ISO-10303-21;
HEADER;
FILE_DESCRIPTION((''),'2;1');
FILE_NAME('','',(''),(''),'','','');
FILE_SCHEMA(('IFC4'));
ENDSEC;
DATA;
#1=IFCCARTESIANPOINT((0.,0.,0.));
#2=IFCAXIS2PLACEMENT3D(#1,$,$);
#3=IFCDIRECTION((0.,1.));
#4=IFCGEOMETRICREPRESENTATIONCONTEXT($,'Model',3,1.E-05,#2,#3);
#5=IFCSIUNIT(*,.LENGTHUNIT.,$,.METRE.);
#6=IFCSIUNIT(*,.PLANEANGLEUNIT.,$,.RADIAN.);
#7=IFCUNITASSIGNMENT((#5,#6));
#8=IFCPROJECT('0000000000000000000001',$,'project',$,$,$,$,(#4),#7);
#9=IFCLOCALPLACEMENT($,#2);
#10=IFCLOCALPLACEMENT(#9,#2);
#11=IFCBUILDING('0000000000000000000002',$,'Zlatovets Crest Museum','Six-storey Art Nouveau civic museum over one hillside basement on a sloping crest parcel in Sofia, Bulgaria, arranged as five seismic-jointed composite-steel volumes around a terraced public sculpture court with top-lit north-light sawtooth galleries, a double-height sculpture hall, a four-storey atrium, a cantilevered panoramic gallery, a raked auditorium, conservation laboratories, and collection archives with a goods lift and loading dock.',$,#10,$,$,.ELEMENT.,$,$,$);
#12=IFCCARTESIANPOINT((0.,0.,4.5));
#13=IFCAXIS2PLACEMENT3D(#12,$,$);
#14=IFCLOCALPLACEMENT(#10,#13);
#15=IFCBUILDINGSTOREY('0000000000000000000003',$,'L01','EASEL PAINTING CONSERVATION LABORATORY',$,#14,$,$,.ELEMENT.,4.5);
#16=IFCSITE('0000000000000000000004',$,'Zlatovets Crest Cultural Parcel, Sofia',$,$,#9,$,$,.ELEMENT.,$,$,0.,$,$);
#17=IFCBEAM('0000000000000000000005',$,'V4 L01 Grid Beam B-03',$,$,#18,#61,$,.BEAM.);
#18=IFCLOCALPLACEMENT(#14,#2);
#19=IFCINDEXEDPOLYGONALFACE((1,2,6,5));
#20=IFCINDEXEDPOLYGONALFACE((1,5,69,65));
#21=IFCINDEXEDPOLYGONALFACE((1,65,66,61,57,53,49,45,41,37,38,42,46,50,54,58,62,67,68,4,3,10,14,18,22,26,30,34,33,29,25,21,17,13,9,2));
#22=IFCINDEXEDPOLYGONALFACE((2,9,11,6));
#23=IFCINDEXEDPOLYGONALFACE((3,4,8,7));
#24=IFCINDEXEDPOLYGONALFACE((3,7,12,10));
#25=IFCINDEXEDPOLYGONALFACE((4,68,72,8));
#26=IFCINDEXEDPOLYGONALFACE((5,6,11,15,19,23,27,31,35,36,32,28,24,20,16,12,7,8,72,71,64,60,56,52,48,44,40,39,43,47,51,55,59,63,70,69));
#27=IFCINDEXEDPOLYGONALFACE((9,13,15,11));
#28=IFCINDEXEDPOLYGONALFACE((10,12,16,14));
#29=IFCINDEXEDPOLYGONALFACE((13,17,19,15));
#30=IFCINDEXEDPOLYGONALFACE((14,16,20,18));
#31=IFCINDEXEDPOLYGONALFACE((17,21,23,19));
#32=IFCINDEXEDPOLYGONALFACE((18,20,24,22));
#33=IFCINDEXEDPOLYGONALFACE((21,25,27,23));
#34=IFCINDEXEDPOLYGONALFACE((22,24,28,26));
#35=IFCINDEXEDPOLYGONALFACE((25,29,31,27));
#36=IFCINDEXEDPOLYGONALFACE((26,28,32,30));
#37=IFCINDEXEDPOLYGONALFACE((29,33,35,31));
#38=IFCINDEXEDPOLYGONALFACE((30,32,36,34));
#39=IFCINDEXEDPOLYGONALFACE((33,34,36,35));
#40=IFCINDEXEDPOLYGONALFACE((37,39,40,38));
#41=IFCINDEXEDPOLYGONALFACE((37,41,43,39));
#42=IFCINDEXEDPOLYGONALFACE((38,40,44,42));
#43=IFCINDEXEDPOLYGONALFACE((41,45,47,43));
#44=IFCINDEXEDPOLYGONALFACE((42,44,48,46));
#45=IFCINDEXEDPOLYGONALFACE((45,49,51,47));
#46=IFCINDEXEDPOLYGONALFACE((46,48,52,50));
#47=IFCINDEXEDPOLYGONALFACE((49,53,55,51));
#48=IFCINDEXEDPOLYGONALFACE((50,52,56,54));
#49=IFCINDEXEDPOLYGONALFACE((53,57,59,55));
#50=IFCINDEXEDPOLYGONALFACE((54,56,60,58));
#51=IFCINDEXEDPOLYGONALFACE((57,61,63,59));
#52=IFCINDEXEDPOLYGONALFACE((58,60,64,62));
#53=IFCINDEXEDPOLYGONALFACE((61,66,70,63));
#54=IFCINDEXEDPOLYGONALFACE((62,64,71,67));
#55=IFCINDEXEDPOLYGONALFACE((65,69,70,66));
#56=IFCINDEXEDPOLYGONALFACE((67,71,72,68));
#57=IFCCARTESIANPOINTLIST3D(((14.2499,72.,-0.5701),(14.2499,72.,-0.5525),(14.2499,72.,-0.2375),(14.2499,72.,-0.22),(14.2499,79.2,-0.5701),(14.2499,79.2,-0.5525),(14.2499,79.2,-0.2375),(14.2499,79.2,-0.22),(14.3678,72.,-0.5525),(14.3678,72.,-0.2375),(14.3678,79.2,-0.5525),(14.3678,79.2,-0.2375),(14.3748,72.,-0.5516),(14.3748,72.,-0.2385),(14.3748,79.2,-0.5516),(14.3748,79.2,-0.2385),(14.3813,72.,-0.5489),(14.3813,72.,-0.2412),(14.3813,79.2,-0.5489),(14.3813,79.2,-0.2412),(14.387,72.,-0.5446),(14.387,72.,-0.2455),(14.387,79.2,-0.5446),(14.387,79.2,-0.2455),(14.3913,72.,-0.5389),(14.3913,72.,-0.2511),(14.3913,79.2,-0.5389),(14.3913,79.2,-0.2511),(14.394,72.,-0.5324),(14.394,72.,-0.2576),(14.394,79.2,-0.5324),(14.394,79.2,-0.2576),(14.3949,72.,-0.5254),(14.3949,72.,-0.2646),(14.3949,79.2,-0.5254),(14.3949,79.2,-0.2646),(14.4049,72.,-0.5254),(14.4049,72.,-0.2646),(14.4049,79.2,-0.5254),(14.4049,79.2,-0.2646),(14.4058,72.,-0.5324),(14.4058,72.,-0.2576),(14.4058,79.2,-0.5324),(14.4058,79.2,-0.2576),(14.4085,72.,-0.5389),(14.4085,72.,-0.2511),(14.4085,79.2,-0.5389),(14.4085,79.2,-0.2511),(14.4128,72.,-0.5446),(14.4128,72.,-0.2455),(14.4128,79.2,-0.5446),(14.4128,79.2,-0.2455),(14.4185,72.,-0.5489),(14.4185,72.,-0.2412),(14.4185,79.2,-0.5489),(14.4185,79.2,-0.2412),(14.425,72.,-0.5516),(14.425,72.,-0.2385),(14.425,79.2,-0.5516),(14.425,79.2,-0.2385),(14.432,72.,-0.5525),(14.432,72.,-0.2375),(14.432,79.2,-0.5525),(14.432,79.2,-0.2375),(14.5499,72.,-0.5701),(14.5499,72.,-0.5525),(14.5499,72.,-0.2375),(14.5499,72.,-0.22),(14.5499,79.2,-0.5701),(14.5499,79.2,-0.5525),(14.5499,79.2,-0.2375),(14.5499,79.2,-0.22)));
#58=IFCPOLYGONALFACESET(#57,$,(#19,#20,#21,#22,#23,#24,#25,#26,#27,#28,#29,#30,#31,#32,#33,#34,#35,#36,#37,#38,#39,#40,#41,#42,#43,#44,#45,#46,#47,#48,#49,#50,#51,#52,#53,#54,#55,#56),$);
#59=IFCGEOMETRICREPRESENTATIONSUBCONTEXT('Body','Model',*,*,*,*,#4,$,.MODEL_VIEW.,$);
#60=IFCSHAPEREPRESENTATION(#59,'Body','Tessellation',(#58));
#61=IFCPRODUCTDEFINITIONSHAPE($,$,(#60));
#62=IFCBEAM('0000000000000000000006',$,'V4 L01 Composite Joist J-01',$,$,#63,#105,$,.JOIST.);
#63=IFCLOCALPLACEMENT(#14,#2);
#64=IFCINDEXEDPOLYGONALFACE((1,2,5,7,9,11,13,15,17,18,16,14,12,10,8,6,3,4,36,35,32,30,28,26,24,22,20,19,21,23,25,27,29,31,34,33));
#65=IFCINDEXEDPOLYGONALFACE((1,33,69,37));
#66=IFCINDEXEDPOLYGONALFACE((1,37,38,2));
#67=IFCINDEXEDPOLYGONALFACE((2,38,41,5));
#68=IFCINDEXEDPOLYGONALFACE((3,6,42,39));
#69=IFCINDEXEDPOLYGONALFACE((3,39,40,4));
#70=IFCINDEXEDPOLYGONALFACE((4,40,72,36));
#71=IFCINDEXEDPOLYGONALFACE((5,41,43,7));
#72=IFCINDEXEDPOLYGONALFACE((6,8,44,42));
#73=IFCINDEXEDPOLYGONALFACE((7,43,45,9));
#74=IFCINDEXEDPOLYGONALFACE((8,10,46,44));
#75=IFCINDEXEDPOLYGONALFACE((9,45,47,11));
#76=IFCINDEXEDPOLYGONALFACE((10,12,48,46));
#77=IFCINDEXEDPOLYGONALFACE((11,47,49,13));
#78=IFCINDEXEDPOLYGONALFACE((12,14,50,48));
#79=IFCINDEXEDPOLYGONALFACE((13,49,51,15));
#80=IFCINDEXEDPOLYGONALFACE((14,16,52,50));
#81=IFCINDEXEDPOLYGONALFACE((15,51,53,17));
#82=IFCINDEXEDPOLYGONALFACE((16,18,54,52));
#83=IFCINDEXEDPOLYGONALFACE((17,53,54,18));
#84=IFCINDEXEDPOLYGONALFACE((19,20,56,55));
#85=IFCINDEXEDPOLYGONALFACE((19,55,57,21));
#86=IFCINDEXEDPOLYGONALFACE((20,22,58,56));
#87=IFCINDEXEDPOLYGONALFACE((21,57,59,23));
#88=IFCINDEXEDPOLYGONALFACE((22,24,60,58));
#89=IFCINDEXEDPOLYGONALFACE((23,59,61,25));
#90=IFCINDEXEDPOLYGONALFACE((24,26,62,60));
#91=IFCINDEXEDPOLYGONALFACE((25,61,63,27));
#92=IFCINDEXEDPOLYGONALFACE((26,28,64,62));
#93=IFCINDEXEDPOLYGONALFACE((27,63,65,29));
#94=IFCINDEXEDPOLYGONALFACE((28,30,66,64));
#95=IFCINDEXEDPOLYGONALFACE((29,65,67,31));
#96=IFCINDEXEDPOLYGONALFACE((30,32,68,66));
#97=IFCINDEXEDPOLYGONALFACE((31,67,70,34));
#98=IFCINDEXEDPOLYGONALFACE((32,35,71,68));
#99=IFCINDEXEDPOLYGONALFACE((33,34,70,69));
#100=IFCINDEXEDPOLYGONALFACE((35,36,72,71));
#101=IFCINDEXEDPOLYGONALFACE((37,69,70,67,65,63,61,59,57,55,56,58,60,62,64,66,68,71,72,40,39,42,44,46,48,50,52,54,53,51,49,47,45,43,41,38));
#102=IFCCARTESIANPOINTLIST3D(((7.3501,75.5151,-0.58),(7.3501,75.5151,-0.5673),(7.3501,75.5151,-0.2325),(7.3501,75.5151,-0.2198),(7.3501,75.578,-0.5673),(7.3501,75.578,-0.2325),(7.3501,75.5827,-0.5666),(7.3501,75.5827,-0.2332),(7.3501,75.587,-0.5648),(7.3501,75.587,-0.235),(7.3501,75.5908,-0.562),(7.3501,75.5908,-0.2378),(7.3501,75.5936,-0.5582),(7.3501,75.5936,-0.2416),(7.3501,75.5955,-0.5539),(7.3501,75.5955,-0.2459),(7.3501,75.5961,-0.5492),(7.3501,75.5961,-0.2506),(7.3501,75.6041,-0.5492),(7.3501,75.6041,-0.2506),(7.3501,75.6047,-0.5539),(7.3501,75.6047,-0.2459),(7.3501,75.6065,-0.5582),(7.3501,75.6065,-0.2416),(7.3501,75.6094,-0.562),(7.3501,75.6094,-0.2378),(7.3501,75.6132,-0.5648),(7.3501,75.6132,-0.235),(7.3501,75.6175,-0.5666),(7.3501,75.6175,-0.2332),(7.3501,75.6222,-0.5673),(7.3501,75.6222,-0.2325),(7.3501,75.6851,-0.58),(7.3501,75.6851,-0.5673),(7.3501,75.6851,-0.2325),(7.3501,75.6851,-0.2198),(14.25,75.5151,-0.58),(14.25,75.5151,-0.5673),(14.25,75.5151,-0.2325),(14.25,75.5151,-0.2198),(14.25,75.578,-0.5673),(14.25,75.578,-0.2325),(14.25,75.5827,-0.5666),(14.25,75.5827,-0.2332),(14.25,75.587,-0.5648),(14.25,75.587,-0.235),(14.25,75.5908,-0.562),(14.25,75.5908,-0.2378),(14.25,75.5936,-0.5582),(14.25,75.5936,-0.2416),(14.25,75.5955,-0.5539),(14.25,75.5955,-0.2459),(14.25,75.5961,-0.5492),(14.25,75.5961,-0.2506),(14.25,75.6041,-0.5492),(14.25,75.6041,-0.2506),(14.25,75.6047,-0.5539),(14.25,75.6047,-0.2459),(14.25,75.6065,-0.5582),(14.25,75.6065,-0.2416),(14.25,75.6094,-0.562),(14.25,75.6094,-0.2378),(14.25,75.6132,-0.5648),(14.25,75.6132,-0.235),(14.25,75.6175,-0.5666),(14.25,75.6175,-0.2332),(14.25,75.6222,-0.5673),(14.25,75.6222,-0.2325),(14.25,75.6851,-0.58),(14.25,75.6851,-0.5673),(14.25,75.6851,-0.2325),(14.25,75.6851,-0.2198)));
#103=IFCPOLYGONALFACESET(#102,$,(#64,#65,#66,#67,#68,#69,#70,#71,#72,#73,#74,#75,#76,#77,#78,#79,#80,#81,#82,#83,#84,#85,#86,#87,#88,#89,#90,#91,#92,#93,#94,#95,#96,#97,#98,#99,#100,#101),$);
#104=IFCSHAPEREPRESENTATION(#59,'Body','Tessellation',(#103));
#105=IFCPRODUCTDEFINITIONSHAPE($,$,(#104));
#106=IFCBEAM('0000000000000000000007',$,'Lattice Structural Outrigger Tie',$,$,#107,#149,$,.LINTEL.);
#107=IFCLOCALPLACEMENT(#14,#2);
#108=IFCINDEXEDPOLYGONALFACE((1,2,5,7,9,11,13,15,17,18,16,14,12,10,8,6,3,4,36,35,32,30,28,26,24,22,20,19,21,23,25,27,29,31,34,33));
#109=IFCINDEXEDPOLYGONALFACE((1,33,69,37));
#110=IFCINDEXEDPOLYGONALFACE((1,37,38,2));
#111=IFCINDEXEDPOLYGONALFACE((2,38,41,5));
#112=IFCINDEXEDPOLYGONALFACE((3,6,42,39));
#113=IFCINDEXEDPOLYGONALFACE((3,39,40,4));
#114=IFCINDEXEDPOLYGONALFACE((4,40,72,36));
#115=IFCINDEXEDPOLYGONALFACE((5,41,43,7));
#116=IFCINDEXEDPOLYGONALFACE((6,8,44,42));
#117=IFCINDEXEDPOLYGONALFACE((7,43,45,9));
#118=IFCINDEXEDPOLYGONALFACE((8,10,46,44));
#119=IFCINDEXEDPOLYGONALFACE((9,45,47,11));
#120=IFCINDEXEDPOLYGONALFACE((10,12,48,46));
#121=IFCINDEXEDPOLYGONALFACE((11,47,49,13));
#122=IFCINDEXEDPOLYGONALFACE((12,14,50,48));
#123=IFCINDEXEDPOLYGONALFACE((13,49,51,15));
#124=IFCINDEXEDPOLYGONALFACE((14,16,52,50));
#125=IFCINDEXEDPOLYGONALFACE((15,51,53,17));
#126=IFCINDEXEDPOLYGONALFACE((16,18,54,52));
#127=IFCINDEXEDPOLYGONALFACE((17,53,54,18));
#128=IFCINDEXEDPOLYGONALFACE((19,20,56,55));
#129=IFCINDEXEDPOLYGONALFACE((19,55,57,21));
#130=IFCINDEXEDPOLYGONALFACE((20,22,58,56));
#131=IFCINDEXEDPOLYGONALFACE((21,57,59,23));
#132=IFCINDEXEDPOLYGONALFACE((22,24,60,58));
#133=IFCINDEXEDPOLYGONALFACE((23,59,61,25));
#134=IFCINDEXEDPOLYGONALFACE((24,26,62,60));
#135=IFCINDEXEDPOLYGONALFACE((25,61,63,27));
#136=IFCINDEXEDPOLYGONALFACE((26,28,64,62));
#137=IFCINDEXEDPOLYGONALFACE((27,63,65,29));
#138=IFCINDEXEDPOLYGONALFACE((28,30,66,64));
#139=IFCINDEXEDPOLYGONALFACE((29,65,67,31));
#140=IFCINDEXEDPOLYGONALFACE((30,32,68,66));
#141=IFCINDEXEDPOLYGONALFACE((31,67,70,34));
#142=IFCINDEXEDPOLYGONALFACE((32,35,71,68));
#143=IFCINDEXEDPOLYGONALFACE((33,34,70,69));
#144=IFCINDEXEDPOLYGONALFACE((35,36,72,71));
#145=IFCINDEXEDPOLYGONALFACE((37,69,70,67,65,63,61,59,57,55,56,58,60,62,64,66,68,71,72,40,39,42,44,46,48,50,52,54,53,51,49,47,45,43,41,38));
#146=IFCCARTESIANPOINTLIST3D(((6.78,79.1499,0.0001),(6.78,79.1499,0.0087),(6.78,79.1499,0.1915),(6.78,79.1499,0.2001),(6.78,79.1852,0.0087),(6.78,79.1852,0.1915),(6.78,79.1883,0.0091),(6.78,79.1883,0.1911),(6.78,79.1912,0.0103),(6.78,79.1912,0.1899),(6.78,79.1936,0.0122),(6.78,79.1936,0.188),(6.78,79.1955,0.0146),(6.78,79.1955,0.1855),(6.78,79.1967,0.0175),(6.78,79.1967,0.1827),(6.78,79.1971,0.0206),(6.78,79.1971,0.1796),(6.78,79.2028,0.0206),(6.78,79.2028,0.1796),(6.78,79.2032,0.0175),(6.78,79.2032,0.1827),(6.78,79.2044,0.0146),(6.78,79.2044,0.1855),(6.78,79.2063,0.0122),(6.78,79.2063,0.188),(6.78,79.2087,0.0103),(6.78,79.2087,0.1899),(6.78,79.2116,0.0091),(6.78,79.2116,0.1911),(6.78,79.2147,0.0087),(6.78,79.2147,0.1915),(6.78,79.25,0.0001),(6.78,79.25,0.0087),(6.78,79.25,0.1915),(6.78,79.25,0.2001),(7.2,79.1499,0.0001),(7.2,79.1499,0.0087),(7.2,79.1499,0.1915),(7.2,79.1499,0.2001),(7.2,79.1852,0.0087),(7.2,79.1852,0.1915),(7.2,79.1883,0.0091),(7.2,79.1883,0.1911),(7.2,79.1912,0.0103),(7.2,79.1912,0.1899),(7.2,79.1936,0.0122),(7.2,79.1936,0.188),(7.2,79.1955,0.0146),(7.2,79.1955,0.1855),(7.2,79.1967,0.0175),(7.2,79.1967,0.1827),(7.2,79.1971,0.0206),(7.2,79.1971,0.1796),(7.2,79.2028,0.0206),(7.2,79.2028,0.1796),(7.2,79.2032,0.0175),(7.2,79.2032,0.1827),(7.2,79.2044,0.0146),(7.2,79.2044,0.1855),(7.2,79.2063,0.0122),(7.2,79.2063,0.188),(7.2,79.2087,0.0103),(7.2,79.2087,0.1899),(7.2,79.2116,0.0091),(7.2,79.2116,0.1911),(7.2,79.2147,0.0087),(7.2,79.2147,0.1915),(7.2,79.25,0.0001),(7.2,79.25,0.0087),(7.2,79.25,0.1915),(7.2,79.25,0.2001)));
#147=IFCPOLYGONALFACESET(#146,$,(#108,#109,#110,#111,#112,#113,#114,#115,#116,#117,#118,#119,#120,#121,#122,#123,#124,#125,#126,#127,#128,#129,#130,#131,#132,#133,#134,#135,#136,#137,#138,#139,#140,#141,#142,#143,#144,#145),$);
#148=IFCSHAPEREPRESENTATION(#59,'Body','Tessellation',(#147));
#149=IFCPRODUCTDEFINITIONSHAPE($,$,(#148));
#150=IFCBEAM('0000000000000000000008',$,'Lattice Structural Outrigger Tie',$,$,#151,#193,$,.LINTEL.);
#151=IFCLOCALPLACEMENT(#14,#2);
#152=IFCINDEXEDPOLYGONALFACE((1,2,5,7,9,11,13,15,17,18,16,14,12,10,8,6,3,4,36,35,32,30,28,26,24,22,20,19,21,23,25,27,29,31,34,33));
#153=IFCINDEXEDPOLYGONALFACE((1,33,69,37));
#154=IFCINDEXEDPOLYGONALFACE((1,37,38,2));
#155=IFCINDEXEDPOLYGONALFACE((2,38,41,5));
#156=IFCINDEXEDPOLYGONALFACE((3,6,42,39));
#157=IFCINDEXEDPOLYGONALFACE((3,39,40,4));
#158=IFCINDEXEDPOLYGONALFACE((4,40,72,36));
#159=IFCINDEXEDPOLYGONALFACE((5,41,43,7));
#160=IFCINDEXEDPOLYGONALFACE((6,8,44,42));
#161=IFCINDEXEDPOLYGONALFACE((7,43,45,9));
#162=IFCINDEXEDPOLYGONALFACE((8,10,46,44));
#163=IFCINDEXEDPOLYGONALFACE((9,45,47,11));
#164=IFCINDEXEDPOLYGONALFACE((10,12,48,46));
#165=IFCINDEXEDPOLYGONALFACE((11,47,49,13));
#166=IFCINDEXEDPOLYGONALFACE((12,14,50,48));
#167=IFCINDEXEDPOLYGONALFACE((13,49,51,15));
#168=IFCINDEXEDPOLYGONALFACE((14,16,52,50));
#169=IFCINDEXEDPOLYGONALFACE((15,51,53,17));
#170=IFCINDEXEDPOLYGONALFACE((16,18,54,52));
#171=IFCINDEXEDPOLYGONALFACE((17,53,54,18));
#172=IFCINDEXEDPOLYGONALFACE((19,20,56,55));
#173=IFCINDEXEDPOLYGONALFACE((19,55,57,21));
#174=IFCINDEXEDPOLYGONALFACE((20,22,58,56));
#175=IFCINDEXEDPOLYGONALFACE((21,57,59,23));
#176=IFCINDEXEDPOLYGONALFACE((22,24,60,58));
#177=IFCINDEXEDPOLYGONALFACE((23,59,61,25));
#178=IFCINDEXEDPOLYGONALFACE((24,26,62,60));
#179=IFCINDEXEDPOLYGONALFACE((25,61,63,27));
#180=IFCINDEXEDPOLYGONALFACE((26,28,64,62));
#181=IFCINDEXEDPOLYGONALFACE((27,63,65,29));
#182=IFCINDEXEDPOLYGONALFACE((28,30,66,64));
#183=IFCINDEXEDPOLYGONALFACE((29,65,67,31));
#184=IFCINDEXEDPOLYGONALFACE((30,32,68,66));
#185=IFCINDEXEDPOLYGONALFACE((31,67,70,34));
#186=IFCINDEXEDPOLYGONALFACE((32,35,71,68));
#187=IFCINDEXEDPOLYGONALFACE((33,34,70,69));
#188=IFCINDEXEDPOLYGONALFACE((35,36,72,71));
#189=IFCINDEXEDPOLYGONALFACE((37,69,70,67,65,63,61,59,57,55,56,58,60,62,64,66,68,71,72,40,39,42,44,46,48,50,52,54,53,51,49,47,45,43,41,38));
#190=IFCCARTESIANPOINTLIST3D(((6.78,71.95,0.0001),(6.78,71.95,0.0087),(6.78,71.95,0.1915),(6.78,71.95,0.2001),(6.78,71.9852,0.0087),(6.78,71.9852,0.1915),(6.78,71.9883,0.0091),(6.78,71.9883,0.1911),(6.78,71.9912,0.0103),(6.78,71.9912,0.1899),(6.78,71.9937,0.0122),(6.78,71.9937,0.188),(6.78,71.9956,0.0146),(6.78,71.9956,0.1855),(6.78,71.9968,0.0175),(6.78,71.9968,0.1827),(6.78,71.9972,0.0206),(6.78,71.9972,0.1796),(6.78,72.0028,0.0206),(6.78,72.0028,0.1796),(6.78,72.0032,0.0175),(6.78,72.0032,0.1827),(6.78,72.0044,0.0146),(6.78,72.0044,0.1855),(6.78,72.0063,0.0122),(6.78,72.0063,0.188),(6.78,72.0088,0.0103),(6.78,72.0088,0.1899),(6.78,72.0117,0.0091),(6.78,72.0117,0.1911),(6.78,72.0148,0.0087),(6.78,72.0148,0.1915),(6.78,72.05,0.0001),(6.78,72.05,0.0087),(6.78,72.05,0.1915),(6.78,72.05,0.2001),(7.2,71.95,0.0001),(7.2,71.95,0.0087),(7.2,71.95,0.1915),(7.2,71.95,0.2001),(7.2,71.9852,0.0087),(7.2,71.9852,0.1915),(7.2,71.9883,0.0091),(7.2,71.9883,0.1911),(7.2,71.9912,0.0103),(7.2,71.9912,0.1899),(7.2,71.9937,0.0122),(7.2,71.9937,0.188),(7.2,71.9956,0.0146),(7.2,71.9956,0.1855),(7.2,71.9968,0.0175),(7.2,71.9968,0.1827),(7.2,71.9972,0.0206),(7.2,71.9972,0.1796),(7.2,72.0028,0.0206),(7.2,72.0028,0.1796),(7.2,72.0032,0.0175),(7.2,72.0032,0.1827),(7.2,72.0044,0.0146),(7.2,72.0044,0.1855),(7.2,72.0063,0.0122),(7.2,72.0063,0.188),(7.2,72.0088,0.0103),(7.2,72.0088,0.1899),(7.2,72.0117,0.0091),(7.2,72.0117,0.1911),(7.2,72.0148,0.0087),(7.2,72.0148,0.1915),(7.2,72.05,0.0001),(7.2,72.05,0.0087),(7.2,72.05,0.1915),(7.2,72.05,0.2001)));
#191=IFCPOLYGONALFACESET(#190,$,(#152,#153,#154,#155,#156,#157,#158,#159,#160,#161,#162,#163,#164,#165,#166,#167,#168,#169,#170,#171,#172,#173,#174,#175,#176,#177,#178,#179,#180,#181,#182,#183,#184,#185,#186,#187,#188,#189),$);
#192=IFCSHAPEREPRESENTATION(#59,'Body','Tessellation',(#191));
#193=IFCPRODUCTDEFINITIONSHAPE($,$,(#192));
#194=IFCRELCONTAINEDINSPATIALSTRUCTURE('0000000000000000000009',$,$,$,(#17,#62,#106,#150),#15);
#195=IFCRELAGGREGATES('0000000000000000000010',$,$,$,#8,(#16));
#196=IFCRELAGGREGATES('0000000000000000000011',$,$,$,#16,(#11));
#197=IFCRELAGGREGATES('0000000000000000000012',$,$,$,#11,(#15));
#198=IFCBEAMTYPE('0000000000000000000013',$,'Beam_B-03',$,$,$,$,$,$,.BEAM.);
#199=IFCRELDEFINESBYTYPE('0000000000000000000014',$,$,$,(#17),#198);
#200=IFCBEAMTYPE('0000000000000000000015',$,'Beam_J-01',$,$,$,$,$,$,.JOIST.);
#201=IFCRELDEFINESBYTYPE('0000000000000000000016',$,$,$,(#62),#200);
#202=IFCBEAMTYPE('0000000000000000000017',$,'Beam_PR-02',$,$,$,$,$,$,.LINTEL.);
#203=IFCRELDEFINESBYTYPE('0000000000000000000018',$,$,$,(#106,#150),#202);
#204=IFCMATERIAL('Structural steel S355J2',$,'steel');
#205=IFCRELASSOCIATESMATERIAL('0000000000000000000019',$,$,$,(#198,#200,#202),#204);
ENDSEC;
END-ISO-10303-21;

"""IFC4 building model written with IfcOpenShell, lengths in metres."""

from ifc_helpers import new_model, si_unit, direction, frame, origin, origin_2d, place, context, subcontext, project, spatial, i_section, extrude, material, material_profile, profile_set, type_object, element, save


model = new_model("IFC4")

# Units and contexts
model_context = context("Model", 3, precision=1e-05, world=origin(), true_north=direction((0.0, 1.0)))
body_context = subcontext(model_context, "Body", "Model", "MODEL_VIEW")
ifc_project = project(units=[si_unit("LENGTHUNIT", "METRE"), si_unit("PLANEANGLEUNIT", "RADIAN")], contexts=[model_context])

# Site, building, storey
site_placement = place(None, origin())
site = spatial("IfcSite", under=ifc_project, at=site_placement, Name="Zlatovets Crest Cultural Parcel, Sofia", CompositionType="ELEMENT", RefElevation=0.0)
building_placement = place(site_placement, origin())
building = spatial("IfcBuilding", under=site, at=building_placement, Name="Zlatovets Crest Museum", Description="Six-storey Art Nouveau civic museum over one hillside basement on a sloping crest parcel in Sofia, Bulgaria, arranged as five seismic-jointed composite-steel volumes around a terraced public sculpture court with top-lit north-light sawtooth galleries, a double-height sculpture hall, a four-storey atrium, a cantilevered panoramic gallery, a raked auditorium, conservation laboratories, and collection archives with a goods lift and loading dock.", CompositionType="ELEMENT")
storey_placement = place(building_placement, frame((0.0, 0.0, 4.5)))
storey = spatial("IfcBuildingStorey", under=building, at=storey_placement, Name="L01", Description="EASEL PAINTING CONSERVATION LABORATORY", CompositionType="ELEMENT", Elevation=4.5)

# Shared definitions
ifc_material_1 = material(Name="Structural steel S355J2", Category="steel")

# Beams
ifc_material_profile_1 = material_profile(ifc_material_1, i_section(OverallWidth=0.3, OverallDepth=0.3501, WebThickness=0.01, FlangeThickness=0.0176, FilletRadius=0.0271, at=origin_2d()), Name="HEA 360")
ifc_profile_set_1 = profile_set([ifc_material_profile_1], Name="Structural steel S355J2")
beam_type_1 = type_object("IfcBeamType", Name="Beam_B-03", PredefinedType="BEAM", material=ifc_profile_set_1)
for number, where, z_axis, x_axis, name in (
    (1, (14.3999, 72.0, -0.395), (0.0, 1.0, 0.0), (-1.0, 0.0, 0.0), "V4 L01 Grid Beam B-03"),
):
    element("IfcBeam", number, at=place(storey_placement, frame(where, z_axis=z_axis, x_axis=x_axis)), inside=storey, type_object=beam_type_1, Name=name, PredefinedType="BEAM", context=body_context, shape_type="SweptSolid", body=[
        extrude(i_section(OverallWidth=0.3, OverallDepth=0.3501, WebThickness=0.01, FlangeThickness=0.0176, FilletRadius=0.0271, at=origin_2d()), origin(), (0.0, 0.0, 1.0), 7.2),
    ])
ifc_material_profile_2 = material_profile(ifc_material_1, i_section(OverallWidth=0.1699, OverallDepth=0.3601, WebThickness=0.0081, FlangeThickness=0.0127, FilletRadius=0.0181, at=origin_2d()), Name="IPE 360")
ifc_profile_set_2 = profile_set([ifc_material_profile_2], Name="Structural steel S355J2")
beam_type_2 = type_object("IfcBeamType", Name="Beam_J-01", PredefinedType="JOIST", material=ifc_profile_set_2)
beam_1_placement = place(storey_placement, frame((7.3501, 75.6001, -0.3999), z_axis=(1.0, 0.0, 0.0), x_axis=(0.0, 1.0, 0.0)))
element("IfcBeam", 2, at=beam_1_placement, inside=storey, type_object=beam_type_2, Name="V4 L01 Composite Joist J-01", PredefinedType="JOIST", context=body_context, shape_type="SweptSolid", body=[
    extrude(i_section(OverallWidth=0.1699, OverallDepth=0.3601, WebThickness=0.0081, FlangeThickness=0.0127, FilletRadius=0.0181, at=origin_2d()), origin(), (0.0, 0.0, 1.0), 6.8999),
])
ifc_material_profile_3 = material_profile(ifc_material_1, i_section(OverallWidth=0.1001, OverallDepth=0.2, WebThickness=0.0056, FlangeThickness=0.0085, FilletRadius=0.012, at=origin_2d()), Name="IPE 200")
ifc_profile_set_3 = profile_set([ifc_material_profile_3], Name="Structural steel S355J2")
beam_type_3 = type_object("IfcBeamType", Name="Beam_PR-02", PredefinedType="LINTEL", material=ifc_profile_set_3)
for number, where, z_axis, x_axis, name in (
    (3, (7.2, 79.2, 0.1001), (-1.0, 0.0, 0.0), (0.0, -1.0, 0.0), "Lattice Structural Outrigger Tie"),
    (4, (7.2, 72.0, 0.1001), (-1.0, 0.0, 0.0), (0.0, -1.0, 0.0), "Lattice Structural Outrigger Tie"),
):
    element("IfcBeam", number, at=place(storey_placement, frame(where, z_axis=z_axis, x_axis=x_axis)), inside=storey, type_object=beam_type_3, Name=name, PredefinedType="LINTEL", context=body_context, shape_type="SweptSolid", body=[
        extrude(i_section(OverallWidth=0.1001, OverallDepth=0.2, WebThickness=0.0056, FlangeThickness=0.0085, FilletRadius=0.012, at=origin_2d()), origin(), (0.0, 0.0, 1.0), 0.4199),
    ])

save(model, "model.ifc")
